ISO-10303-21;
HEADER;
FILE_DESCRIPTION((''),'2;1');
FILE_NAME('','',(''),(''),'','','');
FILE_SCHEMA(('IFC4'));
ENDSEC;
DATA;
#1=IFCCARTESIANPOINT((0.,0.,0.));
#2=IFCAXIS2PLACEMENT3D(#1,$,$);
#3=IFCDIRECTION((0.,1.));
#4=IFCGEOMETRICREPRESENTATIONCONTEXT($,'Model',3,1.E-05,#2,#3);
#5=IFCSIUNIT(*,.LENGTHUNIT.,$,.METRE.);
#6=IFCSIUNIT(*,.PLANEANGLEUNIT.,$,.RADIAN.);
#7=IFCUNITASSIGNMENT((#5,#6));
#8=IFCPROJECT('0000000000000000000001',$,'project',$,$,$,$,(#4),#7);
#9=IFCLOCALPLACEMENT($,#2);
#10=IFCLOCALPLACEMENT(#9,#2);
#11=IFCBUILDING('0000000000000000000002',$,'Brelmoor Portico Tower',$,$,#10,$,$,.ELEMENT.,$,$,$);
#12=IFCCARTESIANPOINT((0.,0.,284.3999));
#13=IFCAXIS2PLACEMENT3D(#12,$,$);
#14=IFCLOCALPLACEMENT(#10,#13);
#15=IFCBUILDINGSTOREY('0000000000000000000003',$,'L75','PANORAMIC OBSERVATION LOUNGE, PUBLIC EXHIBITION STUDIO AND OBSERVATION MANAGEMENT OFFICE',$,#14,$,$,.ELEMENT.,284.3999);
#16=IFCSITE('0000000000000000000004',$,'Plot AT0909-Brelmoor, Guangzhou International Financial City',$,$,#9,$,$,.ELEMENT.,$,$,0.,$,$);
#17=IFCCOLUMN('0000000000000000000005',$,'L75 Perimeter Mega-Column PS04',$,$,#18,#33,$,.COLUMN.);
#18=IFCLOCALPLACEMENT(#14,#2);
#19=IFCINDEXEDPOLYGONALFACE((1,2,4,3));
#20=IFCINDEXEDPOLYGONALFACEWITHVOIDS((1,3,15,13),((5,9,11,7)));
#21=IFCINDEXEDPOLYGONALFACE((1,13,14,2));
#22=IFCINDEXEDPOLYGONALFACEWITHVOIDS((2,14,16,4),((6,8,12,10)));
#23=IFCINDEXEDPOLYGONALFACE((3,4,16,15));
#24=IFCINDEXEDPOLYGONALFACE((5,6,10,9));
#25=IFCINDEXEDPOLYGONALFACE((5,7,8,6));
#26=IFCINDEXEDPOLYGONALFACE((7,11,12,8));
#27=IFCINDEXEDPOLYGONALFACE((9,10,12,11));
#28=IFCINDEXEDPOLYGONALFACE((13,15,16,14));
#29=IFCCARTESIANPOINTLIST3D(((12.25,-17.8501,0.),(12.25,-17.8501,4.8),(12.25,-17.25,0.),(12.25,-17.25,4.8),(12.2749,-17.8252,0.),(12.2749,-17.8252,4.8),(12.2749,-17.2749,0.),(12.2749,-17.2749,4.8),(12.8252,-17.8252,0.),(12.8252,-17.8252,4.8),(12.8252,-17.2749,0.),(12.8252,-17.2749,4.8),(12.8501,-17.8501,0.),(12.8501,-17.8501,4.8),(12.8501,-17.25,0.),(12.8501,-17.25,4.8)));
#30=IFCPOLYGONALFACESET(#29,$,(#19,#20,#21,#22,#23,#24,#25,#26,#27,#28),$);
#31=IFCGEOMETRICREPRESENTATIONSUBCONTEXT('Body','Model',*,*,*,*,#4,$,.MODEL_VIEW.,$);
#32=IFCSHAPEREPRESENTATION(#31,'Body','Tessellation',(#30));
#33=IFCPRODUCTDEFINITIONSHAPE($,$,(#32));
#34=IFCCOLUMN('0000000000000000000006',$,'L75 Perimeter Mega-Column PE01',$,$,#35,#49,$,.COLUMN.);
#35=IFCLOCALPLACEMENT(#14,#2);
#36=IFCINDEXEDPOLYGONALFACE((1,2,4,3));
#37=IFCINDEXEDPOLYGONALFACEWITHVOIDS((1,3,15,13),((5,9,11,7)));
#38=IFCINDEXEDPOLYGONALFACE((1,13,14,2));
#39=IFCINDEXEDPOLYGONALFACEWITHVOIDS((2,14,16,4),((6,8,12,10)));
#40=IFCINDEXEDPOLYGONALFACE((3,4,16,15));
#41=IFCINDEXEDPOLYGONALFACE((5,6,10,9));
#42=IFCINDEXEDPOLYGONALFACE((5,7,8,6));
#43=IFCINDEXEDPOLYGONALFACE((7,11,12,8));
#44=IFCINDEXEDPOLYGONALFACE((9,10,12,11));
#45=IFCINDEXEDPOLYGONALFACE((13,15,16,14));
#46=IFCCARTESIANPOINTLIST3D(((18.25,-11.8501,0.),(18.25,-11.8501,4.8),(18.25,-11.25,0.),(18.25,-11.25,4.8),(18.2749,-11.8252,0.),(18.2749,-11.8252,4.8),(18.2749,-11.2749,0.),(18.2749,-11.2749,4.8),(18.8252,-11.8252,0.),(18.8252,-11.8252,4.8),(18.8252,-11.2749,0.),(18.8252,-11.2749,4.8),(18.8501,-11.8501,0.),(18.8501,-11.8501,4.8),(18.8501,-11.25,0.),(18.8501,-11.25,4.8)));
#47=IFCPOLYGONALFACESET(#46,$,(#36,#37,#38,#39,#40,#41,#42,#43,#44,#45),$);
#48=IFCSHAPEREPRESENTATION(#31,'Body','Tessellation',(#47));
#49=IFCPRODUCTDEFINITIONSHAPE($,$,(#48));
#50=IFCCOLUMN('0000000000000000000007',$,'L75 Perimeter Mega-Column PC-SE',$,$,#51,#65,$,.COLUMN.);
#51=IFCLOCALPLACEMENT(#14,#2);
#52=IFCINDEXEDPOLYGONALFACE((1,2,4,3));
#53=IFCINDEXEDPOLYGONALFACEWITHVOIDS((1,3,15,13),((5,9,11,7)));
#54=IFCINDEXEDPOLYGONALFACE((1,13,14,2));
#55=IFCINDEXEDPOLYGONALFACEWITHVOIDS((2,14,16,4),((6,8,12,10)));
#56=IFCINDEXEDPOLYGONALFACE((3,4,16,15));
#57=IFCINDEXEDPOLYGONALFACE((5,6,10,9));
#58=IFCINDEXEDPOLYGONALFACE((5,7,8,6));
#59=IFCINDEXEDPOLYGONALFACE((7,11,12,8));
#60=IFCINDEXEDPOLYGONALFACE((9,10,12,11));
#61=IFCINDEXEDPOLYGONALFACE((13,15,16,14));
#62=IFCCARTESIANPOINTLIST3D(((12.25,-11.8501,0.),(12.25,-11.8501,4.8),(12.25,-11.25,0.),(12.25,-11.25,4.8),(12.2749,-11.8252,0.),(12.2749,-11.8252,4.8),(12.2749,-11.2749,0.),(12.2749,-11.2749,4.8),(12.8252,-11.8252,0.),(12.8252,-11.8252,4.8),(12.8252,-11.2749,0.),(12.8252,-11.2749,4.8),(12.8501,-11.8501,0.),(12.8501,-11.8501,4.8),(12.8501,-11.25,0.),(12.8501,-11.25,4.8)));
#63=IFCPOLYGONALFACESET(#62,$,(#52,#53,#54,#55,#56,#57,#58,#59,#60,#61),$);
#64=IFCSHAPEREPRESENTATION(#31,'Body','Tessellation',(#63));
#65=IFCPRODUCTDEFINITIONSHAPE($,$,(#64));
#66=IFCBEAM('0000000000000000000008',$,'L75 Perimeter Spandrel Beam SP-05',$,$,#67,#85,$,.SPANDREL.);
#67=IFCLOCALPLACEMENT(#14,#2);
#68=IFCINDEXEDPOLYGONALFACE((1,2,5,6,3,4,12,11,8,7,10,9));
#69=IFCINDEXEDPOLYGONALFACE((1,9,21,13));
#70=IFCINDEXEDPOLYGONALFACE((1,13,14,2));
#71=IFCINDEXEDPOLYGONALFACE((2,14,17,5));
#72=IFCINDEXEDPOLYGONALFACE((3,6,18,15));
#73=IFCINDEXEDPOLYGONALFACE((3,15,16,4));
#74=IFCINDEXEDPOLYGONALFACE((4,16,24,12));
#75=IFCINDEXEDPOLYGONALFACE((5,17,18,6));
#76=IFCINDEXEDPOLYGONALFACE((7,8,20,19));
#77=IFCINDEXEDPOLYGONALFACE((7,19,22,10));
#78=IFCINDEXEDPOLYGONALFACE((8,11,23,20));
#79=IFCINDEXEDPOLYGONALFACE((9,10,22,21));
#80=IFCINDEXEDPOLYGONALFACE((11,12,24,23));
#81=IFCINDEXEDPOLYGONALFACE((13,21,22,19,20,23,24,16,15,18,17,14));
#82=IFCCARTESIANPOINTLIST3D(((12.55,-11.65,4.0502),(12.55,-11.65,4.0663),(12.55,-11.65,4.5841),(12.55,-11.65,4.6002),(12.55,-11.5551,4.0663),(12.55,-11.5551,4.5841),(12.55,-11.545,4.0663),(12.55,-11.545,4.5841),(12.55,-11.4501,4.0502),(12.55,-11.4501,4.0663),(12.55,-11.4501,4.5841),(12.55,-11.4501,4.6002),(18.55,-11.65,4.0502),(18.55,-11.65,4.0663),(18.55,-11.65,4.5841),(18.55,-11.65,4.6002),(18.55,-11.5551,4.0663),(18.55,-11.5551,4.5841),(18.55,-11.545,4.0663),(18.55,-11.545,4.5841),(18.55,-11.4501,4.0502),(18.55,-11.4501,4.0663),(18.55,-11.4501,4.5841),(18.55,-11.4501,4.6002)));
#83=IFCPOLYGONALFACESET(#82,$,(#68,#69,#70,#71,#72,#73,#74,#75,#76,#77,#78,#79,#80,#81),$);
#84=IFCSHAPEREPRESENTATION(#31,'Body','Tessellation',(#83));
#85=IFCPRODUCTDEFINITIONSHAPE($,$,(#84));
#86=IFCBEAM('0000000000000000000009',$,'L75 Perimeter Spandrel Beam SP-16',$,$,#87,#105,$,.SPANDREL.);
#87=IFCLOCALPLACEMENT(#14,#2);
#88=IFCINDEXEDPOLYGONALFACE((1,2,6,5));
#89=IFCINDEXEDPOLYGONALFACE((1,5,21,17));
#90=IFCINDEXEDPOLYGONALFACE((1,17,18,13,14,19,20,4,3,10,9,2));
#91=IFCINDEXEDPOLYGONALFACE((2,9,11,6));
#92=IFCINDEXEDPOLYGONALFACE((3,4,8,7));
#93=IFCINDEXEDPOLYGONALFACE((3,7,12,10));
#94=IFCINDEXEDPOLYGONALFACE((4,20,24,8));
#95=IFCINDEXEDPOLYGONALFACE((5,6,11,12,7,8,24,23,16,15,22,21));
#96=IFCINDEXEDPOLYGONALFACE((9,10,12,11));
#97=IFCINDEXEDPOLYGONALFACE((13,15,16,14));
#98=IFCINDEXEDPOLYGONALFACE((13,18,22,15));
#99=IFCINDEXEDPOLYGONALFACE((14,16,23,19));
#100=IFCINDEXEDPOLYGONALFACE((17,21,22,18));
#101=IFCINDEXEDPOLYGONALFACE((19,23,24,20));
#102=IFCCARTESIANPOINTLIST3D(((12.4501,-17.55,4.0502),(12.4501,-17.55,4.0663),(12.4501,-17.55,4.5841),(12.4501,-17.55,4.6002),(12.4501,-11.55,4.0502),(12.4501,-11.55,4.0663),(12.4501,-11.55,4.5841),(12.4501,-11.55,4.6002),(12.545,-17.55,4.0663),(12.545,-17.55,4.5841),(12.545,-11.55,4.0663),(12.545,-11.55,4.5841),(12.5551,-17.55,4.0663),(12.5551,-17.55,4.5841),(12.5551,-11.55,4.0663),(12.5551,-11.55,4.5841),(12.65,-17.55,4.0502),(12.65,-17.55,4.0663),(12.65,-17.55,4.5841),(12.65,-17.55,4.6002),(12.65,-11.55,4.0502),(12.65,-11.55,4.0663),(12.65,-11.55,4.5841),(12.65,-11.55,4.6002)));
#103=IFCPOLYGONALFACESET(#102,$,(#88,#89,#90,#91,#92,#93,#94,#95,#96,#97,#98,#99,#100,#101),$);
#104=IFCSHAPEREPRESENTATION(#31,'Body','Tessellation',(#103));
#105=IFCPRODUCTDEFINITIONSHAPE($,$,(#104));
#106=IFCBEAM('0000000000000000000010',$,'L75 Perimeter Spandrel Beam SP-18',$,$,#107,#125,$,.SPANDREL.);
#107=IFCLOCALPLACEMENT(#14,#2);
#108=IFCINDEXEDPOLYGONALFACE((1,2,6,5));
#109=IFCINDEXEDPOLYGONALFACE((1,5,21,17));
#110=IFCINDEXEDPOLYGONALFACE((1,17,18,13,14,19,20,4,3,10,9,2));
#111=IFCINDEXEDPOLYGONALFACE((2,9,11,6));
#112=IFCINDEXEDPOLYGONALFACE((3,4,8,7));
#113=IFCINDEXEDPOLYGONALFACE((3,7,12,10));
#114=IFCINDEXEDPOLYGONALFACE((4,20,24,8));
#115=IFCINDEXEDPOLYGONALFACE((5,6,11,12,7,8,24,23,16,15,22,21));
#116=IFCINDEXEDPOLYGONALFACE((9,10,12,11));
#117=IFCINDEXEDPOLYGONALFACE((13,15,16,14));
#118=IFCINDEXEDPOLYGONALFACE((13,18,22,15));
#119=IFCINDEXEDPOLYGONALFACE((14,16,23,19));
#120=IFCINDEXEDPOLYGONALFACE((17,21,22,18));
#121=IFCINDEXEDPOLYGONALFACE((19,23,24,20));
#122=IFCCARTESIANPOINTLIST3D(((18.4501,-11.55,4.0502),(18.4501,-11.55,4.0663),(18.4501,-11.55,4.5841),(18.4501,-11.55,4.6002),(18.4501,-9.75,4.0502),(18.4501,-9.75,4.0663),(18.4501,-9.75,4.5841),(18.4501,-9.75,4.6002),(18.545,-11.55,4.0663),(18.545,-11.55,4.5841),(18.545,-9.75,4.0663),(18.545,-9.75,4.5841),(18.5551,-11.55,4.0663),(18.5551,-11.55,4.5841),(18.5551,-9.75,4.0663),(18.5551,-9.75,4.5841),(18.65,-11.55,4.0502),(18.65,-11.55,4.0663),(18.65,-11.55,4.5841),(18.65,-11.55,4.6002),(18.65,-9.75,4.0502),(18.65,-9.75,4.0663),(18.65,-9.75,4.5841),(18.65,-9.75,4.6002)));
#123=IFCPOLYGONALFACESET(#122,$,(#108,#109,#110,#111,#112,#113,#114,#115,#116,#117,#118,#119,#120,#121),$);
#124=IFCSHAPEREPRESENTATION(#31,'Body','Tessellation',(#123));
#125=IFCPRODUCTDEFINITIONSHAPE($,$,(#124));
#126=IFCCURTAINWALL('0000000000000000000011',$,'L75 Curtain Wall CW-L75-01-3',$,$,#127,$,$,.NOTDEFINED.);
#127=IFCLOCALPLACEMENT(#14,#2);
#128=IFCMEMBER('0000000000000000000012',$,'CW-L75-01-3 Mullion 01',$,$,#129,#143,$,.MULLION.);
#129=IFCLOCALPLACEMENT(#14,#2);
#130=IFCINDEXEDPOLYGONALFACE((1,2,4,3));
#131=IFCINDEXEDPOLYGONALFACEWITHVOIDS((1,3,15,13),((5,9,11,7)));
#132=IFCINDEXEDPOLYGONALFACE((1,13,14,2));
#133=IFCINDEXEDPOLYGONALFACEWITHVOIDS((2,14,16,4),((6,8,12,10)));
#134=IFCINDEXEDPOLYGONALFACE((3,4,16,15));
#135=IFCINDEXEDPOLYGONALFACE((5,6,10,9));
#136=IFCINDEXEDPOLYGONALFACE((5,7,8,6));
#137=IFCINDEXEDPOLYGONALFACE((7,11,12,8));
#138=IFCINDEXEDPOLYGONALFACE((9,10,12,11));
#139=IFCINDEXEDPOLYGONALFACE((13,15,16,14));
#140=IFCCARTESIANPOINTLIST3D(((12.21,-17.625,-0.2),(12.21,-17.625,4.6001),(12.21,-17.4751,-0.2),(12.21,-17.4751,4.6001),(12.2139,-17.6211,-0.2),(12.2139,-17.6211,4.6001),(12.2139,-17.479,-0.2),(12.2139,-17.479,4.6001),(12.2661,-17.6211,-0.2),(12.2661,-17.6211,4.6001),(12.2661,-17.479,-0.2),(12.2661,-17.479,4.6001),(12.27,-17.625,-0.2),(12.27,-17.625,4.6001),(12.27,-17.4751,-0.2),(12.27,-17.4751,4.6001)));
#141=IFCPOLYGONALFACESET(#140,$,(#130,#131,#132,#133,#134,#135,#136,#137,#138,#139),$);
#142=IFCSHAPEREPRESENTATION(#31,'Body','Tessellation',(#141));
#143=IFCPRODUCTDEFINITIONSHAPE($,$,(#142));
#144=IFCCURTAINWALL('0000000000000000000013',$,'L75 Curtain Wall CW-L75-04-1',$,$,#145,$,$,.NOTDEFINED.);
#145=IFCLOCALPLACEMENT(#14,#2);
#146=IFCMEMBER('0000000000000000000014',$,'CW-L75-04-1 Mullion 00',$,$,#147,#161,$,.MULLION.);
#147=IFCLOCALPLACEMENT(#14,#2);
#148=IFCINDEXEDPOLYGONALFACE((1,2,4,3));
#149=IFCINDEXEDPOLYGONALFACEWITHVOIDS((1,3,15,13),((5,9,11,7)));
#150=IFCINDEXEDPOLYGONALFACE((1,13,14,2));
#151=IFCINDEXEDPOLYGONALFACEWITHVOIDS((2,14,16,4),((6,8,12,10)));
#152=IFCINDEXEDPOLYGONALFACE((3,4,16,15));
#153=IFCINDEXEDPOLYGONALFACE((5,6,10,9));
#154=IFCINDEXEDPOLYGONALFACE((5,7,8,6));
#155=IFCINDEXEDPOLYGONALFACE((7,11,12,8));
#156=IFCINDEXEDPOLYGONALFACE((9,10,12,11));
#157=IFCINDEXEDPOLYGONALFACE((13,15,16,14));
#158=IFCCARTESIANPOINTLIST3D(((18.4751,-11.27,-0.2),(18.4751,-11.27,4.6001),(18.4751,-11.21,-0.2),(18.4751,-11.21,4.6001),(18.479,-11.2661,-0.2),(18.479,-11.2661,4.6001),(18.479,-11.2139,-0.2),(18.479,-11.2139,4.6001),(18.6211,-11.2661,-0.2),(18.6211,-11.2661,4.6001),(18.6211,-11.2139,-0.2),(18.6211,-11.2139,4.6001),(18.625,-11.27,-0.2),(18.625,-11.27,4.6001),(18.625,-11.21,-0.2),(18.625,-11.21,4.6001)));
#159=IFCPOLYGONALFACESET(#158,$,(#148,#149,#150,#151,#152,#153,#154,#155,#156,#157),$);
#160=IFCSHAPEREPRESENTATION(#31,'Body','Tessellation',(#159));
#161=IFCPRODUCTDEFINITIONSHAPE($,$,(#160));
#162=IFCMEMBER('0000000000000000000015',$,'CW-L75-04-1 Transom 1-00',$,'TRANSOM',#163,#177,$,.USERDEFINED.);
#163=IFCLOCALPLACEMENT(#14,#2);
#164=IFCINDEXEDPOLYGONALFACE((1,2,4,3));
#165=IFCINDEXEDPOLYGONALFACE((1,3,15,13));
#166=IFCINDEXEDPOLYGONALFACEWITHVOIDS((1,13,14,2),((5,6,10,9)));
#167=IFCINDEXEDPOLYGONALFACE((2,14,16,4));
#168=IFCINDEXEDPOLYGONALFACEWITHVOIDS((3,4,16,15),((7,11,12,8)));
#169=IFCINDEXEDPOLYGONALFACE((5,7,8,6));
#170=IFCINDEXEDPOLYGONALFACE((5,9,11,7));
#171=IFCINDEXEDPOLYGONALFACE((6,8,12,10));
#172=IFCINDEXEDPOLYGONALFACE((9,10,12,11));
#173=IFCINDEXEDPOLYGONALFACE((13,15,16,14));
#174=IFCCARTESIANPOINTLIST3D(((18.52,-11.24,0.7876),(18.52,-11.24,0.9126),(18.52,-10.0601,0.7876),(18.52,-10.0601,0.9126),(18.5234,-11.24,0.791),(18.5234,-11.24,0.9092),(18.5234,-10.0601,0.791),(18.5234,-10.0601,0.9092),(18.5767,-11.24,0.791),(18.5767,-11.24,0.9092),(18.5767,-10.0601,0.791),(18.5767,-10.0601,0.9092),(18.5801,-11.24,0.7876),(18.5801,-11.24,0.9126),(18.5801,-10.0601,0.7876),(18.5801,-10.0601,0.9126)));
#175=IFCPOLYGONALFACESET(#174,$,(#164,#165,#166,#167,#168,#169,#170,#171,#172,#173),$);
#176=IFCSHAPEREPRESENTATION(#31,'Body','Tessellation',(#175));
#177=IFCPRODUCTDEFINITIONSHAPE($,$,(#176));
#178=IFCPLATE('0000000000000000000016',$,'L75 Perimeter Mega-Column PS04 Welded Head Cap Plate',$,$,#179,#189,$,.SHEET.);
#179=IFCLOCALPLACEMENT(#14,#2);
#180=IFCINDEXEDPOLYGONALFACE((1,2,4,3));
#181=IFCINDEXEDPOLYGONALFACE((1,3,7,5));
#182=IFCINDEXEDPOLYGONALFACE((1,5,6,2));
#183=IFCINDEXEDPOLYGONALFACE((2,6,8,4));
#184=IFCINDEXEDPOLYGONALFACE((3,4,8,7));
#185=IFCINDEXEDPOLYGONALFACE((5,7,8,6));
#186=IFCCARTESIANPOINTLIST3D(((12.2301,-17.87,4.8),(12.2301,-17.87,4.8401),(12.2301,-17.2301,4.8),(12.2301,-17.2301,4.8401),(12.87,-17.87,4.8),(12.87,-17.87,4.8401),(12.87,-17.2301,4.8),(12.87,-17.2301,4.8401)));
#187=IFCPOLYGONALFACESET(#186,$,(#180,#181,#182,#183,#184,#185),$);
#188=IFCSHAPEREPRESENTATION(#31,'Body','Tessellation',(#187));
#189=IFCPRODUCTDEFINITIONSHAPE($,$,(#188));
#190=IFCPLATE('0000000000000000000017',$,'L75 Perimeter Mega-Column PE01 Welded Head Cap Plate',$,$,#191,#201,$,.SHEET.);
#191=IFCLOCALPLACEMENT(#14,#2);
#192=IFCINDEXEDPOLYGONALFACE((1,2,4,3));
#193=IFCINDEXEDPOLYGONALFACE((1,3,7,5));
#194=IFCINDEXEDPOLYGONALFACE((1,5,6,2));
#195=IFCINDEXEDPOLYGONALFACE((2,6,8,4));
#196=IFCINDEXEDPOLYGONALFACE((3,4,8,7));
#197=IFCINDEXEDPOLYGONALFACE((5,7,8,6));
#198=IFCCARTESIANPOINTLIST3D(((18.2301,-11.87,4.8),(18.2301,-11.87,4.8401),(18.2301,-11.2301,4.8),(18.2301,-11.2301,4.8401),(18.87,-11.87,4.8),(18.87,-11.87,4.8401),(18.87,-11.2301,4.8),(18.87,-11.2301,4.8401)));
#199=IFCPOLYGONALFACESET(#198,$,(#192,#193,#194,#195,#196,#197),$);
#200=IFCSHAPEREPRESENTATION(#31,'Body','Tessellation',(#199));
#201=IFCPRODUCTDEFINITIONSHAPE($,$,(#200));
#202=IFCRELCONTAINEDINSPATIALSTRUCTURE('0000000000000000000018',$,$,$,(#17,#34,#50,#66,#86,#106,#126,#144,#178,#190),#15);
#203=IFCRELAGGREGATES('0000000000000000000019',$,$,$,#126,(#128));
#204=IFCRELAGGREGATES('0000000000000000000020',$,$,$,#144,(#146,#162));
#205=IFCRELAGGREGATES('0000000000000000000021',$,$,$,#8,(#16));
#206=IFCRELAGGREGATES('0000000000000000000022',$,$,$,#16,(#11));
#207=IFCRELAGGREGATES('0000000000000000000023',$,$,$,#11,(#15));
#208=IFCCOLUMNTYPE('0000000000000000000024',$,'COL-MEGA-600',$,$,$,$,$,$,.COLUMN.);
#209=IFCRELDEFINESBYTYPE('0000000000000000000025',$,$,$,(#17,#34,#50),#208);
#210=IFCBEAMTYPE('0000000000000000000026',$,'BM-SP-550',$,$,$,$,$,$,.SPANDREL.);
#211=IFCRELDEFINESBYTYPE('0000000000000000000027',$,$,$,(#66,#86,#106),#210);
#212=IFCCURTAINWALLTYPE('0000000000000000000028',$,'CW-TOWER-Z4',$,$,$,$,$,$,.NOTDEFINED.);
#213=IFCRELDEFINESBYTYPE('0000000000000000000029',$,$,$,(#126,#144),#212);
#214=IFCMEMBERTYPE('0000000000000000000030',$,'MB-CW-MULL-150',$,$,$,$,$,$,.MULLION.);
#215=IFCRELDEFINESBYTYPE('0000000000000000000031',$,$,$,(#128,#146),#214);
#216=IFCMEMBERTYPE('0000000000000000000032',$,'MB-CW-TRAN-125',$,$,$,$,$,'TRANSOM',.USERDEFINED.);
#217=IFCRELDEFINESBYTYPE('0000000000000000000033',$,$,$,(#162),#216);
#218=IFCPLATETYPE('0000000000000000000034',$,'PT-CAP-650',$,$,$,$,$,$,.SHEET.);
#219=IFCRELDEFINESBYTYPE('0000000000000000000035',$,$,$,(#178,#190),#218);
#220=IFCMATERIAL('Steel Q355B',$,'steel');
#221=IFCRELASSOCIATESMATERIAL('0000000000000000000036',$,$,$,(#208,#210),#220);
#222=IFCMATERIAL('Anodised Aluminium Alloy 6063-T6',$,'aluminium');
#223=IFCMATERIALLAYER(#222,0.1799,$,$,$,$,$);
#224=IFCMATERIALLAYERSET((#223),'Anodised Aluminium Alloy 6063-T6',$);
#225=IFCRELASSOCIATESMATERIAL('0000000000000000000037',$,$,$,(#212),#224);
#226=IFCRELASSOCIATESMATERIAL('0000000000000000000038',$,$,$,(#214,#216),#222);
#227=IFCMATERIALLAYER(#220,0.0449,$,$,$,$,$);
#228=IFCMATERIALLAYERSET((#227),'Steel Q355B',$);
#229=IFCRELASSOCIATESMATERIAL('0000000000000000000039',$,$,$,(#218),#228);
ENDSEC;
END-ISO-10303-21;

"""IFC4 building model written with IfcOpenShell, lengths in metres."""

from ifc_helpers import new_model, si_unit, direction, frame, origin, origin_2d, place, context, subcontext, project, spatial, rectangle, hollow_rectangle, i_section, extrude, material, layer, layer_set, material_profile, profile_set, type_object, element, aggregate, save


model = new_model("IFC4")

# Units and contexts
model_context = context("Model", 3, precision=1e-05, world=origin(), true_north=direction((0.0, 1.0)))
body_context = subcontext(model_context, "Body", "Model", "MODEL_VIEW")
ifc_project = project(units=[si_unit("LENGTHUNIT", "METRE"), si_unit("PLANEANGLEUNIT", "RADIAN")], contexts=[model_context])

# Site, building, storey
site_placement = place(None, origin())
site = spatial("IfcSite", under=ifc_project, at=site_placement, Name="Plot AT0909-Brelmoor, Guangzhou International Financial City", CompositionType="ELEMENT", RefElevation=0.0)
building_placement = place(site_placement, origin())
building = spatial("IfcBuilding", under=site, at=building_placement, Name="Brelmoor Portico Tower", CompositionType="ELEMENT")
storey_placement = place(building_placement, frame((0.0, 0.0, 284.3999)))
storey = spatial("IfcBuildingStorey", under=building, at=storey_placement, Name="L75", Description="PANORAMIC OBSERVATION LOUNGE, PUBLIC EXHIBITION STUDIO AND OBSERVATION MANAGEMENT OFFICE", CompositionType="ELEMENT", Elevation=284.3999)

# Columns
ifc_material_1 = material(Name="Steel Q355B", Category="steel")
ifc_material_profile_1 = material_profile(ifc_material_1, hollow_rectangle(XDim=0.6001, YDim=0.6001, WallThickness=0.0249, at=origin_2d()), Name="BOX 600x600x25")
ifc_profile_set_1 = profile_set([ifc_material_profile_1], Name="Steel Q355B")
column_type = type_object("IfcColumnType", Name="COL-MEGA-600", PredefinedType="COLUMN", material=ifc_profile_set_1)
for number, where, z_axis, x_axis, name in (
    (1, (12.55, -17.55, 0.0), (0.0, 0.0, 1.0), (1.0, 0.0, 0.0), "L75 Perimeter Mega-Column PS04"),
    (2, (18.55, -11.55, 0.0), (0.0, 0.0, 1.0), (0.0, 1.0, 0.0), "L75 Perimeter Mega-Column PE01"),
    (3, (12.55, -11.55, 0.0), (0.0, 0.0, 1.0), (1.0, 0.0, 0.0), "L75 Perimeter Mega-Column PC-SE"),
):
    element("IfcColumn", number, at=place(storey_placement, frame(where, z_axis=z_axis, x_axis=x_axis)), inside=storey, type_object=column_type, Name=name, PredefinedType="COLUMN", context=body_context, shape_type="SweptSolid", body=[
        extrude(hollow_rectangle(XDim=0.6001, YDim=0.6001, WallThickness=0.0249, at=origin_2d()), origin(), (0.0, 0.0, 1.0), 4.8),
    ])

# Beams
ifc_material_profile_2 = material_profile(ifc_material_1, i_section(OverallWidth=0.2, OverallDepth=0.55, WebThickness=0.01, FlangeThickness=0.0161, at=origin_2d()), Name="HN 550x200x10x16")
ifc_profile_set_2 = profile_set([ifc_material_profile_2], Name="Steel Q355B")
beam_type = type_object("IfcBeamType", Name="BM-SP-550", PredefinedType="SPANDREL", material=ifc_profile_set_2)
for number, where, z_axis, x_axis, name in (
    (4, (12.55, -11.55, 4.3252), (1.0, 0.0, 0.0), (0.0, 1.0, 0.0), "L75 Perimeter Spandrel Beam SP-05"),
    (5, (12.55, -17.55, 4.3252), (0.0, 1.0, 0.0), (-1.0, 0.0, 0.0), "L75 Perimeter Spandrel Beam SP-16"),
):
    element("IfcBeam", number, at=place(storey_placement, frame(where, z_axis=z_axis, x_axis=x_axis)), inside=storey, type_object=beam_type, Name=name, PredefinedType="SPANDREL", context=body_context, shape_type="SweptSolid", body=[
        extrude(i_section(OverallWidth=0.2, OverallDepth=0.55, WebThickness=0.01, FlangeThickness=0.0161, at=origin_2d()), origin(), (0.0, 0.0, 1.0), 6.0),
    ])
beam_placement = place(storey_placement, frame((18.55, -11.55, 4.3252), z_axis=(0.0, 1.0, 0.0), x_axis=(-1.0, 0.0, 0.0)))
element("IfcBeam", 6, at=beam_placement, inside=storey, type_object=beam_type, Name="L75 Perimeter Spandrel Beam SP-18", PredefinedType="SPANDREL", context=body_context, shape_type="SweptSolid", body=[
    extrude(i_section(OverallWidth=0.2, OverallDepth=0.55, WebThickness=0.01, FlangeThickness=0.0161, at=origin_2d()), origin(), (0.0, 0.0, 1.0), 1.8),
])

# Curtain wall, member
ifc_material_2 = material(Name="Anodised Aluminium Alloy 6063-T6", Category="aluminium")
ifc_layer_1 = layer(ifc_material_2, 0.1799)
ifc_layer_set_1 = layer_set([ifc_layer_1], Name="Anodised Aluminium Alloy 6063-T6")
curtain_wall_type = type_object("IfcCurtainWallType", Name="CW-TOWER-Z4", PredefinedType="NOTDEFINED", material=ifc_layer_set_1)
curtain_wall_1_placement = place(storey_placement, origin())
curtain_wall_1 = element("IfcCurtainWall", 7, at=curtain_wall_1_placement, inside=storey, type_object=curtain_wall_type, Name="L75 Curtain Wall CW-L75-01-3", PredefinedType="NOTDEFINED")
ifc_material_profile_3 = material_profile(ifc_material_2, hollow_rectangle(XDim=0.0601, YDim=0.1499, WallThickness=0.0039, at=origin_2d()), Name="ALU MULLION 60x150")
ifc_profile_set_3 = profile_set([ifc_material_profile_3], Name="Anodised Aluminium Alloy 6063-T6")
member_type_1 = type_object("IfcMemberType", Name="MB-CW-MULL-150", PredefinedType="MULLION", material=ifc_profile_set_3)
member_1_placement = place(storey_placement, frame((12.24, -17.55, -0.2), z_axis=(0.0, 0.0, 1.0), x_axis=(1.0, 0.0, 0.0)))
member_1 = element("IfcMember", 8, at=member_1_placement, type_object=member_type_1, Name="CW-L75-01-3 Mullion 01", PredefinedType="MULLION", context=body_context, shape_type="SweptSolid", body=[
    extrude(hollow_rectangle(XDim=0.0601, YDim=0.1499, WallThickness=0.0039, at=origin_2d()), origin(), (0.0, 0.0, 1.0), 4.8),
])
aggregate(curtain_wall_1, [member_1])

# Curtain wall, members
curtain_wall_2_placement = place(storey_placement, origin())
curtain_wall_2 = element("IfcCurtainWall", 9, at=curtain_wall_2_placement, inside=storey, type_object=curtain_wall_type, Name="L75 Curtain Wall CW-L75-04-1", PredefinedType="NOTDEFINED")
member_2_placement = place(storey_placement, frame((18.55, -11.24, -0.2), z_axis=(0.0, 0.0, 1.0), x_axis=(0.0, 1.0, 0.0)))
member_2 = element("IfcMember", 10, at=member_2_placement, type_object=member_type_1, Name="CW-L75-04-1 Mullion 00", PredefinedType="MULLION", context=body_context, shape_type="SweptSolid", body=[
    extrude(hollow_rectangle(XDim=0.0601, YDim=0.1499, WallThickness=0.0039, at=origin_2d()), origin(), (0.0, 0.0, 1.0), 4.8),
])
ifc_material_profile_4 = material_profile(ifc_material_2, hollow_rectangle(XDim=0.0601, YDim=0.125, WallThickness=0.0034, at=origin_2d()), Name="ALU TRANSOM 60x125")
ifc_profile_set_4 = profile_set([ifc_material_profile_4], Name="Anodised Aluminium Alloy 6063-T6")
member_type_2 = type_object("IfcMemberType", Name="MB-CW-TRAN-125", ElementType="TRANSOM", PredefinedType="USERDEFINED", material=ifc_profile_set_4)
member_3_placement = place(storey_placement, frame((18.55, -11.24, 0.8501), z_axis=(0.0, 1.0, 0.0), x_axis=(-1.0, 0.0, 0.0)))
member_3 = element("IfcMember", 11, at=member_3_placement, type_object=member_type_2, Name="CW-L75-04-1 Transom 1-00", ObjectType="TRANSOM", PredefinedType="USERDEFINED", context=body_context, shape_type="SweptSolid", body=[
    extrude(hollow_rectangle(XDim=0.0601, YDim=0.125, WallThickness=0.0034, at=origin_2d()), origin(), (0.0, 0.0, 1.0), 1.1799),
])

# Plates
ifc_layer_2 = layer(ifc_material_1, 0.0449)
ifc_layer_set_2 = layer_set([ifc_layer_2], Name="Steel Q355B")
plate_type_1 = type_object("IfcPlateType", Name="PT-CAP-650", PredefinedType="SHEET", material=ifc_layer_set_2)
for number, where, z_axis, x_axis, name in (
    (12, (12.55, -17.55, 4.8), (0.0, 0.0, 1.0), (1.0, 0.0, 0.0), "L75 Perimeter Mega-Column PS04 Welded Head Cap Plate"),
    (13, (18.55, -11.55, 4.8), (0.0, 0.0, 1.0), (0.0, 1.0, 0.0), "L75 Perimeter Mega-Column PE01 Welded Head Cap Plate"),
):
    element("IfcPlate", number, at=place(storey_placement, frame(where, z_axis=z_axis, x_axis=x_axis)), inside=storey, type_object=plate_type_1, Name=name, PredefinedType="SHEET", context=body_context, shape_type="SweptSolid", body=[
        extrude(rectangle(XDim=0.6399, YDim=0.6399, at=origin_2d()), origin(), (0.0, 0.0, 1.0), 0.04),
    ])

aggregate(curtain_wall_2, [member_2, member_3])

save(model, "model.ifc")
